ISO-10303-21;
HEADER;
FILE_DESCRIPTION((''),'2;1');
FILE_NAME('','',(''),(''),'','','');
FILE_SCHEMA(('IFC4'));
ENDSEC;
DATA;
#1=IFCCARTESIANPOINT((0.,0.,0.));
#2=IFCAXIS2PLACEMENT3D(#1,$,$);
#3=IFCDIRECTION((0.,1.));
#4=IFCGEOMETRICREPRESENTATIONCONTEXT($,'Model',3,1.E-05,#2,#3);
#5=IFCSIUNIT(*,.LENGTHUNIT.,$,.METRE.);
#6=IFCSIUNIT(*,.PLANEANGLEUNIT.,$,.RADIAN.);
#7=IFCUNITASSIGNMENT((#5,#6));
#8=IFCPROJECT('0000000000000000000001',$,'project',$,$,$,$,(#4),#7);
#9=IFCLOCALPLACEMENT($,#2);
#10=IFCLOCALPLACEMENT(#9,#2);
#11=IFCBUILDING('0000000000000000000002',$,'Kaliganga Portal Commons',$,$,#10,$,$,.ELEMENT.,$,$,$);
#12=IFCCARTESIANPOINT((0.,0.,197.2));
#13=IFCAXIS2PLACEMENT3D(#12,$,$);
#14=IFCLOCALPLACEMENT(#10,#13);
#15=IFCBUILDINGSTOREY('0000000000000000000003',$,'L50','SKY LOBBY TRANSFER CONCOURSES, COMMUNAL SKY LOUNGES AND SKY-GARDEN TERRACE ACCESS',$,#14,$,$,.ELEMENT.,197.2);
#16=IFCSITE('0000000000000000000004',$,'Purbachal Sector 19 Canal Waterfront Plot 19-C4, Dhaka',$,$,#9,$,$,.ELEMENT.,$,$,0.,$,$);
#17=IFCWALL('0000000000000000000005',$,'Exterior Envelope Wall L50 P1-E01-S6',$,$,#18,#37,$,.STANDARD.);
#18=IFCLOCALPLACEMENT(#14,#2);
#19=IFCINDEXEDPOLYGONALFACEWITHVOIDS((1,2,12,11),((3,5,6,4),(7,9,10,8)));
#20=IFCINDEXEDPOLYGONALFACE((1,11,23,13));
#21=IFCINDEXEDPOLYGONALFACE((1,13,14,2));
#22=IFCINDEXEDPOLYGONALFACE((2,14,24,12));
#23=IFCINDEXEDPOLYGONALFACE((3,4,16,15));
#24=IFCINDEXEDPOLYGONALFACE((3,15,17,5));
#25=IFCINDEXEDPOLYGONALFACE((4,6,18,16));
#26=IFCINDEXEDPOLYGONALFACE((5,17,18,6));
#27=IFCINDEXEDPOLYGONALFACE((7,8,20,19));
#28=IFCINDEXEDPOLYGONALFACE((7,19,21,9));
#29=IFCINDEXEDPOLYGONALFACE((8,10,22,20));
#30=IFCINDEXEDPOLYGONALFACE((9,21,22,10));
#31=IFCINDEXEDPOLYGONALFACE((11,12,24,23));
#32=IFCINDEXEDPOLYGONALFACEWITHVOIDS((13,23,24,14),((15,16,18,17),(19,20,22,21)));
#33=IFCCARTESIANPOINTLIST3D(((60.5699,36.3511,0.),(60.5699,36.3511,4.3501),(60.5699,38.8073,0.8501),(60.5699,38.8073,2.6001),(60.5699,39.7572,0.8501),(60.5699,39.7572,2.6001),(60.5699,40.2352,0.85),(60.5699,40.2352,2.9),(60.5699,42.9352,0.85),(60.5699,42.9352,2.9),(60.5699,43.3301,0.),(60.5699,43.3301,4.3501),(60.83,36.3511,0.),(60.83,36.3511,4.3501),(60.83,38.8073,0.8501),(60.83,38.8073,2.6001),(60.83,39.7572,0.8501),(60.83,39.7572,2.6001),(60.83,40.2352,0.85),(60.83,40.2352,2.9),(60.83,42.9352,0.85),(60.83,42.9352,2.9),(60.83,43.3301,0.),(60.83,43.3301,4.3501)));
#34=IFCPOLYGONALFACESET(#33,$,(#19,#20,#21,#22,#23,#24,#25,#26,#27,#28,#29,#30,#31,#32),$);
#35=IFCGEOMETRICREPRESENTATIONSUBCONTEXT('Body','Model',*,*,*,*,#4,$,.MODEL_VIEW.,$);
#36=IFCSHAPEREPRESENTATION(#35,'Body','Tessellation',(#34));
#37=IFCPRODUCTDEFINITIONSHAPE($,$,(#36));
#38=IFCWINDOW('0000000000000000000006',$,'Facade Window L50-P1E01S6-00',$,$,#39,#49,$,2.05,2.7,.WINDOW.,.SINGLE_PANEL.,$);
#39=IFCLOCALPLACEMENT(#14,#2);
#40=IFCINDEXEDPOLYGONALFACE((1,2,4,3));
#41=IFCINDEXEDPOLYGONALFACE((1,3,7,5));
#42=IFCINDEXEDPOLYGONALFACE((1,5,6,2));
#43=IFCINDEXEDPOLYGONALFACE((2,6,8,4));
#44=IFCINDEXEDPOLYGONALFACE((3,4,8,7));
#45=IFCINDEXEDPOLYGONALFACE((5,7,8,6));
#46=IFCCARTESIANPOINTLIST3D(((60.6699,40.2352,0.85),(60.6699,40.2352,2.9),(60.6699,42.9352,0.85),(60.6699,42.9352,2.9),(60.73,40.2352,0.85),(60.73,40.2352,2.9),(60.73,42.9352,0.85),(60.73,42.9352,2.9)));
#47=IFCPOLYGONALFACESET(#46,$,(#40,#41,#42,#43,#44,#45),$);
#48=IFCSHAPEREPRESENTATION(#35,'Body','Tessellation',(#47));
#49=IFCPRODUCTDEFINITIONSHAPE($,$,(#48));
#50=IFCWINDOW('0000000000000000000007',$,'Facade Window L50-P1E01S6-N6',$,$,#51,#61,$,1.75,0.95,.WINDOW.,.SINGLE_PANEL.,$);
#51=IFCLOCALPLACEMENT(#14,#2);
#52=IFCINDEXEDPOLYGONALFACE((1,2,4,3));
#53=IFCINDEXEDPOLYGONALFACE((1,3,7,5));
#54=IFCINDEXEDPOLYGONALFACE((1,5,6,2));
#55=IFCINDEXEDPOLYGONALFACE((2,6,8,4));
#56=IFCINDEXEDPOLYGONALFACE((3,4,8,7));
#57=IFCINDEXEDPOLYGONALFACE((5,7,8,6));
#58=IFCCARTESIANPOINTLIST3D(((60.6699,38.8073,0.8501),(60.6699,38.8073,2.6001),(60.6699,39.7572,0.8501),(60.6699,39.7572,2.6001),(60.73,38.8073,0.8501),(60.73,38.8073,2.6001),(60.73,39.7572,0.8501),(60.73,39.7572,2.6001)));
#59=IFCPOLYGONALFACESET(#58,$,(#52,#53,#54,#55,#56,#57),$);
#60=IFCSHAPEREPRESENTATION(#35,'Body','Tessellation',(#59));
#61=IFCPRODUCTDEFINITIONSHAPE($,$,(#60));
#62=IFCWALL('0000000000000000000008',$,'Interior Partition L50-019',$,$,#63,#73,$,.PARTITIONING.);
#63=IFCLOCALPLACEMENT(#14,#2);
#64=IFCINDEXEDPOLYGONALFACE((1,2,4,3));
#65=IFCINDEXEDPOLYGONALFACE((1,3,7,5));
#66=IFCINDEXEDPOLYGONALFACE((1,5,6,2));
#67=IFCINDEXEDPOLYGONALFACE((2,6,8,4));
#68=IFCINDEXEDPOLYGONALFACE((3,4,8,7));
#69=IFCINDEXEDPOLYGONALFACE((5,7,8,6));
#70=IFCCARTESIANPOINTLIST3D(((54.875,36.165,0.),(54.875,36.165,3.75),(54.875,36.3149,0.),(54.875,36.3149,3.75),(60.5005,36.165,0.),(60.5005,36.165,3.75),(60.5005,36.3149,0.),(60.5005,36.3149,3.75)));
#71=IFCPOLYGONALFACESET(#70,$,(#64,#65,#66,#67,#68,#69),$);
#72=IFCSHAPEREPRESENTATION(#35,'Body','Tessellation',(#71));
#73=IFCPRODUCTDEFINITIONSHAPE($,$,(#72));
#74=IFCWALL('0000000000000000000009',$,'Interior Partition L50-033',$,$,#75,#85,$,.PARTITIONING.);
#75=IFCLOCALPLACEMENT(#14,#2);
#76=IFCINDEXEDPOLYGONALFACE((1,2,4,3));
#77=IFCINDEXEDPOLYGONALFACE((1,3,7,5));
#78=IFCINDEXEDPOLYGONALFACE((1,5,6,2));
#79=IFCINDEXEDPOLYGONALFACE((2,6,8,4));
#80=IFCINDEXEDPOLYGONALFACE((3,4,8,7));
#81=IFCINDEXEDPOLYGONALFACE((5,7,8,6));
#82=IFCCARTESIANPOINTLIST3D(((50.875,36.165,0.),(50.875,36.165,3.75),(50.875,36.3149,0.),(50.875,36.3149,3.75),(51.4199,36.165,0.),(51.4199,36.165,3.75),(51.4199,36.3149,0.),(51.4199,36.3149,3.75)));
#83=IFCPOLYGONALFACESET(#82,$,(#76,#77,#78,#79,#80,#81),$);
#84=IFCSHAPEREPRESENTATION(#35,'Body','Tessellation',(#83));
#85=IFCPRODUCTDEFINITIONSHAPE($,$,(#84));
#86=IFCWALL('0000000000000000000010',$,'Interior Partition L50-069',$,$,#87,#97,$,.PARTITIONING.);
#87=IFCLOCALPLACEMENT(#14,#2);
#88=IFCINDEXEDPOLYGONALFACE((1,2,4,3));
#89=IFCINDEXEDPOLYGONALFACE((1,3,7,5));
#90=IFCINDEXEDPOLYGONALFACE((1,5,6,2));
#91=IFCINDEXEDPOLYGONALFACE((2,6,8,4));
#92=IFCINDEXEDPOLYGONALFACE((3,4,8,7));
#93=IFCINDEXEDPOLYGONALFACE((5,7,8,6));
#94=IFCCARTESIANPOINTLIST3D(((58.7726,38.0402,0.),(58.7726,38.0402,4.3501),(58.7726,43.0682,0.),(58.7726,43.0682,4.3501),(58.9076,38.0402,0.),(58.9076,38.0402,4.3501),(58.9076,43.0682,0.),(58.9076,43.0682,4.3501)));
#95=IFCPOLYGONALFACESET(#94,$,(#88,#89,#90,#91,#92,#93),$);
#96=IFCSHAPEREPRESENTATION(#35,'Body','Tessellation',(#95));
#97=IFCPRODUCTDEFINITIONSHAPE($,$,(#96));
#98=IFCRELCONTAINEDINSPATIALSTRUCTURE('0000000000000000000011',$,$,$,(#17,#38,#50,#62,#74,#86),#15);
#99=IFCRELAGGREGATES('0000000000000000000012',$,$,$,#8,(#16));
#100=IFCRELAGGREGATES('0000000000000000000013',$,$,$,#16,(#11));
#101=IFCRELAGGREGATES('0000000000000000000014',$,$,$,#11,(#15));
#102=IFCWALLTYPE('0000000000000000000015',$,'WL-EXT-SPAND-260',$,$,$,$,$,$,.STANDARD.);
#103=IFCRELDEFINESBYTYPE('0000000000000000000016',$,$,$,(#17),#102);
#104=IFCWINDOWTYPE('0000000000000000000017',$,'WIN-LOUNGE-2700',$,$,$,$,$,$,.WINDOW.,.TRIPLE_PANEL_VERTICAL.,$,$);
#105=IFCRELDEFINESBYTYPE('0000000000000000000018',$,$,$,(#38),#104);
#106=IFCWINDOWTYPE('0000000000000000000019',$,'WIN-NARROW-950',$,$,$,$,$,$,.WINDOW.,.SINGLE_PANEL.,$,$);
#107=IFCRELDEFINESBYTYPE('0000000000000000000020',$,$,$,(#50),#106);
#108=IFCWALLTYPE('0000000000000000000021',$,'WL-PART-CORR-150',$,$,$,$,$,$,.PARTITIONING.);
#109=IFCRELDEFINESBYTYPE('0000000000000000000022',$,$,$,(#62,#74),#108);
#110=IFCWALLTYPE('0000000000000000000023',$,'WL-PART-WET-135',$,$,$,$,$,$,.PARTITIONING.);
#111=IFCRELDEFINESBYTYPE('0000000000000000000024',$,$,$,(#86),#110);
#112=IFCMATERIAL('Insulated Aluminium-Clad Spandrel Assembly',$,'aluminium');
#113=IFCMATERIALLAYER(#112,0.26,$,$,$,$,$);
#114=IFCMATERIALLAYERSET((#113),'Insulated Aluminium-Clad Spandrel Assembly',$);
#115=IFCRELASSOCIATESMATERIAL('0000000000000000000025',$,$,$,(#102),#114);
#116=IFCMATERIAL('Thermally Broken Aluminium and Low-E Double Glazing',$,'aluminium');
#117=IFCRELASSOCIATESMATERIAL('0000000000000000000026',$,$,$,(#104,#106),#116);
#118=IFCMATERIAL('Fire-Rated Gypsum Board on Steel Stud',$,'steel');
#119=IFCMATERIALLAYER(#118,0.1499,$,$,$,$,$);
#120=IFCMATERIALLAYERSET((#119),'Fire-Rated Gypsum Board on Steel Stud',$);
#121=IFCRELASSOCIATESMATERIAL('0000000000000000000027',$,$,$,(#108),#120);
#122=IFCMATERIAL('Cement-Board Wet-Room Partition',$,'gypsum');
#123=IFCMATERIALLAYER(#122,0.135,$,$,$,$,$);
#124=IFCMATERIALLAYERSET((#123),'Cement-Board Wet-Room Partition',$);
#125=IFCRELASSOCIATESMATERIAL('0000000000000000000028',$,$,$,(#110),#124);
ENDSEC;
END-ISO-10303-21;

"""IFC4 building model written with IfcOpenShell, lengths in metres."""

from ifc_helpers import new_model, si_unit, direction, frame, frame_2d, origin, place, context, subcontext, project, spatial, rectangle, extrude, material, layer, layer_set, type_object, element, fill, save


model = new_model("IFC4")

# Units and contexts
model_context = context("Model", 3, precision=1e-05, world=origin(), true_north=direction((0.0, 1.0)))
body_context = subcontext(model_context, "Body", "Model", "MODEL_VIEW")
ifc_project = project(units=[si_unit("LENGTHUNIT", "METRE"), si_unit("PLANEANGLEUNIT", "RADIAN")], contexts=[model_context])

# Site, building, storey
site_placement = place(None, origin())
site = spatial("IfcSite", under=ifc_project, at=site_placement, Name="Purbachal Sector 19 Canal Waterfront Plot 19-C4, Dhaka", CompositionType="ELEMENT", RefElevation=0.0)
building_placement = place(site_placement, origin())
building = spatial("IfcBuilding", under=site, at=building_placement, Name="Kaliganga Portal Commons", CompositionType="ELEMENT")
storey_placement = place(building_placement, frame((0.0, 0.0, 197.2)))
storey = spatial("IfcBuildingStorey", under=building, at=storey_placement, Name="L50", Description="SKY LOBBY TRANSFER CONCOURSES, COMMUNAL SKY LOUNGES AND SKY-GARDEN TERRACE ACCESS", CompositionType="ELEMENT", Elevation=197.2)

# Wall, openings, windows
ifc_material_1 = material(Name="Insulated Aluminium-Clad Spandrel Assembly", Category="aluminium")
ifc_layer_1 = layer(ifc_material_1, 0.26)
ifc_layer_set_1 = layer_set([ifc_layer_1], Name="Insulated Aluminium-Clad Spandrel Assembly")
wall_type_1 = type_object("IfcWallType", Name="WL-EXT-SPAND-260", PredefinedType="STANDARD", material=ifc_layer_set_1)
ifc_material_2 = material(Name="Thermally Broken Aluminium and Low-E Double Glazing", Category="aluminium")
window_type_1 = type_object("IfcWindowType", Name="WIN-LOUNGE-2700", PartitioningType="TRIPLE_PANEL_VERTICAL", PredefinedType="WINDOW", material=ifc_material_2)
wall_1_placement = place(storey_placement, frame((60.7, 43.3301, 0.0), z_axis=(0.0, 0.0, 1.0), x_axis=(0.0, -1.0, 0.0)))
wall_1 = element("IfcWall", 1, at=wall_1_placement, inside=storey, type_object=wall_type_1, Name="Exterior Envelope Wall L50 P1-E01-S6", PredefinedType="STANDARD", context=body_context, shape_type="SweptSolid", body=[
    extrude(rectangle(XDim=6.979, YDim=0.26, at=frame_2d((3.4895, 0.0))), origin(), (0.0, 0.0, 1.0), 4.3501),
])
opening_1_placement = place(wall_1_placement, frame((0.3948, 0.0, 0.8501)))
opening_1 = element("IfcOpeningElement", 2, at=opening_1_placement, cuts=wall_1, PredefinedType="OPENING", context=body_context, shape_type="SweptSolid", body=[
    extrude(rectangle(XDim=2.7, YDim=2.05, at=frame_2d((1.3501, 1.0249))), frame((0.0, 0.1401, 0.0), z_axis=(0.0, -1.0, 0.0), x_axis=(1.0, 0.0, 0.0)), (0.0, 0.0, 1.0), 0.28),
])
opening_2_placement = place(wall_1_placement, frame((3.5728, 0.0, 0.8501)))
opening_2 = element("IfcOpeningElement", 3, at=opening_2_placement, cuts=wall_1, PredefinedType="OPENING", context=body_context, shape_type="SweptSolid", body=[
    extrude(rectangle(XDim=0.95, YDim=1.75, at=frame_2d((0.4751, 0.875))), frame((0.0, 0.1401, 0.0), z_axis=(0.0, -1.0, 0.0), x_axis=(1.0, 0.0, 0.0)), (0.0, 0.0, 1.0), 0.28),
])
window_1_placement = place(opening_1_placement, origin())
window_1 = element("IfcWindow", 4, at=window_1_placement, inside=storey, type_object=window_type_1, Name="Facade Window L50-P1E01S6-00", OverallHeight=2.05, OverallWidth=2.7, PartitioningType="SINGLE_PANEL", PredefinedType="WINDOW", context=body_context, shape_type="SweptSolid", body=[
    extrude(rectangle(XDim=2.7, YDim=2.05, at=frame_2d((1.3501, 1.0249))), frame((0.0, 0.03, 0.0), z_axis=(0.0, -1.0, 0.0), x_axis=(1.0, 0.0, 0.0)), (0.0, 0.0, 1.0), 0.0601),
])
fill(opening_1, window_1)
window_type_2 = type_object("IfcWindowType", Name="WIN-NARROW-950", PartitioningType="SINGLE_PANEL", PredefinedType="WINDOW", material=ifc_material_2)
window_2_placement = place(opening_2_placement, origin())
window_2 = element("IfcWindow", 5, at=window_2_placement, inside=storey, type_object=window_type_2, Name="Facade Window L50-P1E01S6-N6", OverallHeight=1.75, OverallWidth=0.95, PartitioningType="SINGLE_PANEL", PredefinedType="WINDOW", context=body_context, shape_type="SweptSolid", body=[
    extrude(rectangle(XDim=0.95, YDim=1.75, at=frame_2d((0.4751, 0.875))), frame((0.0, 0.03, 0.0), z_axis=(0.0, -1.0, 0.0), x_axis=(1.0, 0.0, 0.0)), (0.0, 0.0, 1.0), 0.0601),
])
fill(opening_2, window_2)

# Shared definitions
ifc_material_3 = material(Name="Fire-Rated Gypsum Board on Steel Stud", Category="steel")
ifc_layer_2 = layer(ifc_material_3, 0.1499)
ifc_layer_set_2 = layer_set([ifc_layer_2], Name="Fire-Rated Gypsum Board on Steel Stud")
wall_type_2 = type_object("IfcWallType", Name="WL-PART-CORR-150", PredefinedType="PARTITIONING", material=ifc_layer_set_2)

# Walls
wall_2_placement = place(storey_placement, frame((54.875, 36.24, 0.0), z_axis=(0.0, 0.0, 1.0), x_axis=(1.0, 0.0, 0.0)))
element("IfcWall", 6, at=wall_2_placement, inside=storey, type_object=wall_type_2, Name="Interior Partition L50-019", PredefinedType="PARTITIONING", context=body_context, shape_type="SweptSolid", body=[
    extrude(rectangle(XDim=5.6255, YDim=0.1499, at=frame_2d((2.8127, 0.0))), origin(), (0.0, 0.0, 1.0), 3.75),
])
wall_3_placement = place(storey_placement, frame((50.875, 36.24, 0.0), z_axis=(0.0, 0.0, 1.0), x_axis=(1.0, 0.0, 0.0)))
element("IfcWall", 7, at=wall_3_placement, inside=storey, type_object=wall_type_2, Name="Interior Partition L50-033", PredefinedType="PARTITIONING", context=body_context, shape_type="SweptSolid", body=[
    extrude(rectangle(XDim=0.5449, YDim=0.1499, at=frame_2d((0.2725, 0.0))), origin(), (0.0, 0.0, 1.0), 3.75),
])

# Wall
ifc_material_4 = material(Name="Cement-Board Wet-Room Partition", Category="gypsum")
ifc_layer_3 = layer(ifc_material_4, 0.135)
ifc_layer_set_3 = layer_set([ifc_layer_3], Name="Cement-Board Wet-Room Partition")
wall_type_3 = type_object("IfcWallType", Name="WL-PART-WET-135", PredefinedType="PARTITIONING", material=ifc_layer_set_3)
wall_4_placement = place(storey_placement, frame((58.8401, 38.04, 0.0), z_axis=(0.0, 0.0, 1.0), x_axis=(0.0, 1.0, 0.0)))
element("IfcWall", 8, at=wall_4_placement, inside=storey, type_object=wall_type_3, Name="Interior Partition L50-069", PredefinedType="PARTITIONING", context=body_context, shape_type="SweptSolid", body=[
    extrude(rectangle(XDim=5.0281, YDim=0.135, at=frame_2d((2.5142, 0.0))), origin(), (0.0, 0.0, 1.0), 4.3501),
])

save(model, "model.ifc")
